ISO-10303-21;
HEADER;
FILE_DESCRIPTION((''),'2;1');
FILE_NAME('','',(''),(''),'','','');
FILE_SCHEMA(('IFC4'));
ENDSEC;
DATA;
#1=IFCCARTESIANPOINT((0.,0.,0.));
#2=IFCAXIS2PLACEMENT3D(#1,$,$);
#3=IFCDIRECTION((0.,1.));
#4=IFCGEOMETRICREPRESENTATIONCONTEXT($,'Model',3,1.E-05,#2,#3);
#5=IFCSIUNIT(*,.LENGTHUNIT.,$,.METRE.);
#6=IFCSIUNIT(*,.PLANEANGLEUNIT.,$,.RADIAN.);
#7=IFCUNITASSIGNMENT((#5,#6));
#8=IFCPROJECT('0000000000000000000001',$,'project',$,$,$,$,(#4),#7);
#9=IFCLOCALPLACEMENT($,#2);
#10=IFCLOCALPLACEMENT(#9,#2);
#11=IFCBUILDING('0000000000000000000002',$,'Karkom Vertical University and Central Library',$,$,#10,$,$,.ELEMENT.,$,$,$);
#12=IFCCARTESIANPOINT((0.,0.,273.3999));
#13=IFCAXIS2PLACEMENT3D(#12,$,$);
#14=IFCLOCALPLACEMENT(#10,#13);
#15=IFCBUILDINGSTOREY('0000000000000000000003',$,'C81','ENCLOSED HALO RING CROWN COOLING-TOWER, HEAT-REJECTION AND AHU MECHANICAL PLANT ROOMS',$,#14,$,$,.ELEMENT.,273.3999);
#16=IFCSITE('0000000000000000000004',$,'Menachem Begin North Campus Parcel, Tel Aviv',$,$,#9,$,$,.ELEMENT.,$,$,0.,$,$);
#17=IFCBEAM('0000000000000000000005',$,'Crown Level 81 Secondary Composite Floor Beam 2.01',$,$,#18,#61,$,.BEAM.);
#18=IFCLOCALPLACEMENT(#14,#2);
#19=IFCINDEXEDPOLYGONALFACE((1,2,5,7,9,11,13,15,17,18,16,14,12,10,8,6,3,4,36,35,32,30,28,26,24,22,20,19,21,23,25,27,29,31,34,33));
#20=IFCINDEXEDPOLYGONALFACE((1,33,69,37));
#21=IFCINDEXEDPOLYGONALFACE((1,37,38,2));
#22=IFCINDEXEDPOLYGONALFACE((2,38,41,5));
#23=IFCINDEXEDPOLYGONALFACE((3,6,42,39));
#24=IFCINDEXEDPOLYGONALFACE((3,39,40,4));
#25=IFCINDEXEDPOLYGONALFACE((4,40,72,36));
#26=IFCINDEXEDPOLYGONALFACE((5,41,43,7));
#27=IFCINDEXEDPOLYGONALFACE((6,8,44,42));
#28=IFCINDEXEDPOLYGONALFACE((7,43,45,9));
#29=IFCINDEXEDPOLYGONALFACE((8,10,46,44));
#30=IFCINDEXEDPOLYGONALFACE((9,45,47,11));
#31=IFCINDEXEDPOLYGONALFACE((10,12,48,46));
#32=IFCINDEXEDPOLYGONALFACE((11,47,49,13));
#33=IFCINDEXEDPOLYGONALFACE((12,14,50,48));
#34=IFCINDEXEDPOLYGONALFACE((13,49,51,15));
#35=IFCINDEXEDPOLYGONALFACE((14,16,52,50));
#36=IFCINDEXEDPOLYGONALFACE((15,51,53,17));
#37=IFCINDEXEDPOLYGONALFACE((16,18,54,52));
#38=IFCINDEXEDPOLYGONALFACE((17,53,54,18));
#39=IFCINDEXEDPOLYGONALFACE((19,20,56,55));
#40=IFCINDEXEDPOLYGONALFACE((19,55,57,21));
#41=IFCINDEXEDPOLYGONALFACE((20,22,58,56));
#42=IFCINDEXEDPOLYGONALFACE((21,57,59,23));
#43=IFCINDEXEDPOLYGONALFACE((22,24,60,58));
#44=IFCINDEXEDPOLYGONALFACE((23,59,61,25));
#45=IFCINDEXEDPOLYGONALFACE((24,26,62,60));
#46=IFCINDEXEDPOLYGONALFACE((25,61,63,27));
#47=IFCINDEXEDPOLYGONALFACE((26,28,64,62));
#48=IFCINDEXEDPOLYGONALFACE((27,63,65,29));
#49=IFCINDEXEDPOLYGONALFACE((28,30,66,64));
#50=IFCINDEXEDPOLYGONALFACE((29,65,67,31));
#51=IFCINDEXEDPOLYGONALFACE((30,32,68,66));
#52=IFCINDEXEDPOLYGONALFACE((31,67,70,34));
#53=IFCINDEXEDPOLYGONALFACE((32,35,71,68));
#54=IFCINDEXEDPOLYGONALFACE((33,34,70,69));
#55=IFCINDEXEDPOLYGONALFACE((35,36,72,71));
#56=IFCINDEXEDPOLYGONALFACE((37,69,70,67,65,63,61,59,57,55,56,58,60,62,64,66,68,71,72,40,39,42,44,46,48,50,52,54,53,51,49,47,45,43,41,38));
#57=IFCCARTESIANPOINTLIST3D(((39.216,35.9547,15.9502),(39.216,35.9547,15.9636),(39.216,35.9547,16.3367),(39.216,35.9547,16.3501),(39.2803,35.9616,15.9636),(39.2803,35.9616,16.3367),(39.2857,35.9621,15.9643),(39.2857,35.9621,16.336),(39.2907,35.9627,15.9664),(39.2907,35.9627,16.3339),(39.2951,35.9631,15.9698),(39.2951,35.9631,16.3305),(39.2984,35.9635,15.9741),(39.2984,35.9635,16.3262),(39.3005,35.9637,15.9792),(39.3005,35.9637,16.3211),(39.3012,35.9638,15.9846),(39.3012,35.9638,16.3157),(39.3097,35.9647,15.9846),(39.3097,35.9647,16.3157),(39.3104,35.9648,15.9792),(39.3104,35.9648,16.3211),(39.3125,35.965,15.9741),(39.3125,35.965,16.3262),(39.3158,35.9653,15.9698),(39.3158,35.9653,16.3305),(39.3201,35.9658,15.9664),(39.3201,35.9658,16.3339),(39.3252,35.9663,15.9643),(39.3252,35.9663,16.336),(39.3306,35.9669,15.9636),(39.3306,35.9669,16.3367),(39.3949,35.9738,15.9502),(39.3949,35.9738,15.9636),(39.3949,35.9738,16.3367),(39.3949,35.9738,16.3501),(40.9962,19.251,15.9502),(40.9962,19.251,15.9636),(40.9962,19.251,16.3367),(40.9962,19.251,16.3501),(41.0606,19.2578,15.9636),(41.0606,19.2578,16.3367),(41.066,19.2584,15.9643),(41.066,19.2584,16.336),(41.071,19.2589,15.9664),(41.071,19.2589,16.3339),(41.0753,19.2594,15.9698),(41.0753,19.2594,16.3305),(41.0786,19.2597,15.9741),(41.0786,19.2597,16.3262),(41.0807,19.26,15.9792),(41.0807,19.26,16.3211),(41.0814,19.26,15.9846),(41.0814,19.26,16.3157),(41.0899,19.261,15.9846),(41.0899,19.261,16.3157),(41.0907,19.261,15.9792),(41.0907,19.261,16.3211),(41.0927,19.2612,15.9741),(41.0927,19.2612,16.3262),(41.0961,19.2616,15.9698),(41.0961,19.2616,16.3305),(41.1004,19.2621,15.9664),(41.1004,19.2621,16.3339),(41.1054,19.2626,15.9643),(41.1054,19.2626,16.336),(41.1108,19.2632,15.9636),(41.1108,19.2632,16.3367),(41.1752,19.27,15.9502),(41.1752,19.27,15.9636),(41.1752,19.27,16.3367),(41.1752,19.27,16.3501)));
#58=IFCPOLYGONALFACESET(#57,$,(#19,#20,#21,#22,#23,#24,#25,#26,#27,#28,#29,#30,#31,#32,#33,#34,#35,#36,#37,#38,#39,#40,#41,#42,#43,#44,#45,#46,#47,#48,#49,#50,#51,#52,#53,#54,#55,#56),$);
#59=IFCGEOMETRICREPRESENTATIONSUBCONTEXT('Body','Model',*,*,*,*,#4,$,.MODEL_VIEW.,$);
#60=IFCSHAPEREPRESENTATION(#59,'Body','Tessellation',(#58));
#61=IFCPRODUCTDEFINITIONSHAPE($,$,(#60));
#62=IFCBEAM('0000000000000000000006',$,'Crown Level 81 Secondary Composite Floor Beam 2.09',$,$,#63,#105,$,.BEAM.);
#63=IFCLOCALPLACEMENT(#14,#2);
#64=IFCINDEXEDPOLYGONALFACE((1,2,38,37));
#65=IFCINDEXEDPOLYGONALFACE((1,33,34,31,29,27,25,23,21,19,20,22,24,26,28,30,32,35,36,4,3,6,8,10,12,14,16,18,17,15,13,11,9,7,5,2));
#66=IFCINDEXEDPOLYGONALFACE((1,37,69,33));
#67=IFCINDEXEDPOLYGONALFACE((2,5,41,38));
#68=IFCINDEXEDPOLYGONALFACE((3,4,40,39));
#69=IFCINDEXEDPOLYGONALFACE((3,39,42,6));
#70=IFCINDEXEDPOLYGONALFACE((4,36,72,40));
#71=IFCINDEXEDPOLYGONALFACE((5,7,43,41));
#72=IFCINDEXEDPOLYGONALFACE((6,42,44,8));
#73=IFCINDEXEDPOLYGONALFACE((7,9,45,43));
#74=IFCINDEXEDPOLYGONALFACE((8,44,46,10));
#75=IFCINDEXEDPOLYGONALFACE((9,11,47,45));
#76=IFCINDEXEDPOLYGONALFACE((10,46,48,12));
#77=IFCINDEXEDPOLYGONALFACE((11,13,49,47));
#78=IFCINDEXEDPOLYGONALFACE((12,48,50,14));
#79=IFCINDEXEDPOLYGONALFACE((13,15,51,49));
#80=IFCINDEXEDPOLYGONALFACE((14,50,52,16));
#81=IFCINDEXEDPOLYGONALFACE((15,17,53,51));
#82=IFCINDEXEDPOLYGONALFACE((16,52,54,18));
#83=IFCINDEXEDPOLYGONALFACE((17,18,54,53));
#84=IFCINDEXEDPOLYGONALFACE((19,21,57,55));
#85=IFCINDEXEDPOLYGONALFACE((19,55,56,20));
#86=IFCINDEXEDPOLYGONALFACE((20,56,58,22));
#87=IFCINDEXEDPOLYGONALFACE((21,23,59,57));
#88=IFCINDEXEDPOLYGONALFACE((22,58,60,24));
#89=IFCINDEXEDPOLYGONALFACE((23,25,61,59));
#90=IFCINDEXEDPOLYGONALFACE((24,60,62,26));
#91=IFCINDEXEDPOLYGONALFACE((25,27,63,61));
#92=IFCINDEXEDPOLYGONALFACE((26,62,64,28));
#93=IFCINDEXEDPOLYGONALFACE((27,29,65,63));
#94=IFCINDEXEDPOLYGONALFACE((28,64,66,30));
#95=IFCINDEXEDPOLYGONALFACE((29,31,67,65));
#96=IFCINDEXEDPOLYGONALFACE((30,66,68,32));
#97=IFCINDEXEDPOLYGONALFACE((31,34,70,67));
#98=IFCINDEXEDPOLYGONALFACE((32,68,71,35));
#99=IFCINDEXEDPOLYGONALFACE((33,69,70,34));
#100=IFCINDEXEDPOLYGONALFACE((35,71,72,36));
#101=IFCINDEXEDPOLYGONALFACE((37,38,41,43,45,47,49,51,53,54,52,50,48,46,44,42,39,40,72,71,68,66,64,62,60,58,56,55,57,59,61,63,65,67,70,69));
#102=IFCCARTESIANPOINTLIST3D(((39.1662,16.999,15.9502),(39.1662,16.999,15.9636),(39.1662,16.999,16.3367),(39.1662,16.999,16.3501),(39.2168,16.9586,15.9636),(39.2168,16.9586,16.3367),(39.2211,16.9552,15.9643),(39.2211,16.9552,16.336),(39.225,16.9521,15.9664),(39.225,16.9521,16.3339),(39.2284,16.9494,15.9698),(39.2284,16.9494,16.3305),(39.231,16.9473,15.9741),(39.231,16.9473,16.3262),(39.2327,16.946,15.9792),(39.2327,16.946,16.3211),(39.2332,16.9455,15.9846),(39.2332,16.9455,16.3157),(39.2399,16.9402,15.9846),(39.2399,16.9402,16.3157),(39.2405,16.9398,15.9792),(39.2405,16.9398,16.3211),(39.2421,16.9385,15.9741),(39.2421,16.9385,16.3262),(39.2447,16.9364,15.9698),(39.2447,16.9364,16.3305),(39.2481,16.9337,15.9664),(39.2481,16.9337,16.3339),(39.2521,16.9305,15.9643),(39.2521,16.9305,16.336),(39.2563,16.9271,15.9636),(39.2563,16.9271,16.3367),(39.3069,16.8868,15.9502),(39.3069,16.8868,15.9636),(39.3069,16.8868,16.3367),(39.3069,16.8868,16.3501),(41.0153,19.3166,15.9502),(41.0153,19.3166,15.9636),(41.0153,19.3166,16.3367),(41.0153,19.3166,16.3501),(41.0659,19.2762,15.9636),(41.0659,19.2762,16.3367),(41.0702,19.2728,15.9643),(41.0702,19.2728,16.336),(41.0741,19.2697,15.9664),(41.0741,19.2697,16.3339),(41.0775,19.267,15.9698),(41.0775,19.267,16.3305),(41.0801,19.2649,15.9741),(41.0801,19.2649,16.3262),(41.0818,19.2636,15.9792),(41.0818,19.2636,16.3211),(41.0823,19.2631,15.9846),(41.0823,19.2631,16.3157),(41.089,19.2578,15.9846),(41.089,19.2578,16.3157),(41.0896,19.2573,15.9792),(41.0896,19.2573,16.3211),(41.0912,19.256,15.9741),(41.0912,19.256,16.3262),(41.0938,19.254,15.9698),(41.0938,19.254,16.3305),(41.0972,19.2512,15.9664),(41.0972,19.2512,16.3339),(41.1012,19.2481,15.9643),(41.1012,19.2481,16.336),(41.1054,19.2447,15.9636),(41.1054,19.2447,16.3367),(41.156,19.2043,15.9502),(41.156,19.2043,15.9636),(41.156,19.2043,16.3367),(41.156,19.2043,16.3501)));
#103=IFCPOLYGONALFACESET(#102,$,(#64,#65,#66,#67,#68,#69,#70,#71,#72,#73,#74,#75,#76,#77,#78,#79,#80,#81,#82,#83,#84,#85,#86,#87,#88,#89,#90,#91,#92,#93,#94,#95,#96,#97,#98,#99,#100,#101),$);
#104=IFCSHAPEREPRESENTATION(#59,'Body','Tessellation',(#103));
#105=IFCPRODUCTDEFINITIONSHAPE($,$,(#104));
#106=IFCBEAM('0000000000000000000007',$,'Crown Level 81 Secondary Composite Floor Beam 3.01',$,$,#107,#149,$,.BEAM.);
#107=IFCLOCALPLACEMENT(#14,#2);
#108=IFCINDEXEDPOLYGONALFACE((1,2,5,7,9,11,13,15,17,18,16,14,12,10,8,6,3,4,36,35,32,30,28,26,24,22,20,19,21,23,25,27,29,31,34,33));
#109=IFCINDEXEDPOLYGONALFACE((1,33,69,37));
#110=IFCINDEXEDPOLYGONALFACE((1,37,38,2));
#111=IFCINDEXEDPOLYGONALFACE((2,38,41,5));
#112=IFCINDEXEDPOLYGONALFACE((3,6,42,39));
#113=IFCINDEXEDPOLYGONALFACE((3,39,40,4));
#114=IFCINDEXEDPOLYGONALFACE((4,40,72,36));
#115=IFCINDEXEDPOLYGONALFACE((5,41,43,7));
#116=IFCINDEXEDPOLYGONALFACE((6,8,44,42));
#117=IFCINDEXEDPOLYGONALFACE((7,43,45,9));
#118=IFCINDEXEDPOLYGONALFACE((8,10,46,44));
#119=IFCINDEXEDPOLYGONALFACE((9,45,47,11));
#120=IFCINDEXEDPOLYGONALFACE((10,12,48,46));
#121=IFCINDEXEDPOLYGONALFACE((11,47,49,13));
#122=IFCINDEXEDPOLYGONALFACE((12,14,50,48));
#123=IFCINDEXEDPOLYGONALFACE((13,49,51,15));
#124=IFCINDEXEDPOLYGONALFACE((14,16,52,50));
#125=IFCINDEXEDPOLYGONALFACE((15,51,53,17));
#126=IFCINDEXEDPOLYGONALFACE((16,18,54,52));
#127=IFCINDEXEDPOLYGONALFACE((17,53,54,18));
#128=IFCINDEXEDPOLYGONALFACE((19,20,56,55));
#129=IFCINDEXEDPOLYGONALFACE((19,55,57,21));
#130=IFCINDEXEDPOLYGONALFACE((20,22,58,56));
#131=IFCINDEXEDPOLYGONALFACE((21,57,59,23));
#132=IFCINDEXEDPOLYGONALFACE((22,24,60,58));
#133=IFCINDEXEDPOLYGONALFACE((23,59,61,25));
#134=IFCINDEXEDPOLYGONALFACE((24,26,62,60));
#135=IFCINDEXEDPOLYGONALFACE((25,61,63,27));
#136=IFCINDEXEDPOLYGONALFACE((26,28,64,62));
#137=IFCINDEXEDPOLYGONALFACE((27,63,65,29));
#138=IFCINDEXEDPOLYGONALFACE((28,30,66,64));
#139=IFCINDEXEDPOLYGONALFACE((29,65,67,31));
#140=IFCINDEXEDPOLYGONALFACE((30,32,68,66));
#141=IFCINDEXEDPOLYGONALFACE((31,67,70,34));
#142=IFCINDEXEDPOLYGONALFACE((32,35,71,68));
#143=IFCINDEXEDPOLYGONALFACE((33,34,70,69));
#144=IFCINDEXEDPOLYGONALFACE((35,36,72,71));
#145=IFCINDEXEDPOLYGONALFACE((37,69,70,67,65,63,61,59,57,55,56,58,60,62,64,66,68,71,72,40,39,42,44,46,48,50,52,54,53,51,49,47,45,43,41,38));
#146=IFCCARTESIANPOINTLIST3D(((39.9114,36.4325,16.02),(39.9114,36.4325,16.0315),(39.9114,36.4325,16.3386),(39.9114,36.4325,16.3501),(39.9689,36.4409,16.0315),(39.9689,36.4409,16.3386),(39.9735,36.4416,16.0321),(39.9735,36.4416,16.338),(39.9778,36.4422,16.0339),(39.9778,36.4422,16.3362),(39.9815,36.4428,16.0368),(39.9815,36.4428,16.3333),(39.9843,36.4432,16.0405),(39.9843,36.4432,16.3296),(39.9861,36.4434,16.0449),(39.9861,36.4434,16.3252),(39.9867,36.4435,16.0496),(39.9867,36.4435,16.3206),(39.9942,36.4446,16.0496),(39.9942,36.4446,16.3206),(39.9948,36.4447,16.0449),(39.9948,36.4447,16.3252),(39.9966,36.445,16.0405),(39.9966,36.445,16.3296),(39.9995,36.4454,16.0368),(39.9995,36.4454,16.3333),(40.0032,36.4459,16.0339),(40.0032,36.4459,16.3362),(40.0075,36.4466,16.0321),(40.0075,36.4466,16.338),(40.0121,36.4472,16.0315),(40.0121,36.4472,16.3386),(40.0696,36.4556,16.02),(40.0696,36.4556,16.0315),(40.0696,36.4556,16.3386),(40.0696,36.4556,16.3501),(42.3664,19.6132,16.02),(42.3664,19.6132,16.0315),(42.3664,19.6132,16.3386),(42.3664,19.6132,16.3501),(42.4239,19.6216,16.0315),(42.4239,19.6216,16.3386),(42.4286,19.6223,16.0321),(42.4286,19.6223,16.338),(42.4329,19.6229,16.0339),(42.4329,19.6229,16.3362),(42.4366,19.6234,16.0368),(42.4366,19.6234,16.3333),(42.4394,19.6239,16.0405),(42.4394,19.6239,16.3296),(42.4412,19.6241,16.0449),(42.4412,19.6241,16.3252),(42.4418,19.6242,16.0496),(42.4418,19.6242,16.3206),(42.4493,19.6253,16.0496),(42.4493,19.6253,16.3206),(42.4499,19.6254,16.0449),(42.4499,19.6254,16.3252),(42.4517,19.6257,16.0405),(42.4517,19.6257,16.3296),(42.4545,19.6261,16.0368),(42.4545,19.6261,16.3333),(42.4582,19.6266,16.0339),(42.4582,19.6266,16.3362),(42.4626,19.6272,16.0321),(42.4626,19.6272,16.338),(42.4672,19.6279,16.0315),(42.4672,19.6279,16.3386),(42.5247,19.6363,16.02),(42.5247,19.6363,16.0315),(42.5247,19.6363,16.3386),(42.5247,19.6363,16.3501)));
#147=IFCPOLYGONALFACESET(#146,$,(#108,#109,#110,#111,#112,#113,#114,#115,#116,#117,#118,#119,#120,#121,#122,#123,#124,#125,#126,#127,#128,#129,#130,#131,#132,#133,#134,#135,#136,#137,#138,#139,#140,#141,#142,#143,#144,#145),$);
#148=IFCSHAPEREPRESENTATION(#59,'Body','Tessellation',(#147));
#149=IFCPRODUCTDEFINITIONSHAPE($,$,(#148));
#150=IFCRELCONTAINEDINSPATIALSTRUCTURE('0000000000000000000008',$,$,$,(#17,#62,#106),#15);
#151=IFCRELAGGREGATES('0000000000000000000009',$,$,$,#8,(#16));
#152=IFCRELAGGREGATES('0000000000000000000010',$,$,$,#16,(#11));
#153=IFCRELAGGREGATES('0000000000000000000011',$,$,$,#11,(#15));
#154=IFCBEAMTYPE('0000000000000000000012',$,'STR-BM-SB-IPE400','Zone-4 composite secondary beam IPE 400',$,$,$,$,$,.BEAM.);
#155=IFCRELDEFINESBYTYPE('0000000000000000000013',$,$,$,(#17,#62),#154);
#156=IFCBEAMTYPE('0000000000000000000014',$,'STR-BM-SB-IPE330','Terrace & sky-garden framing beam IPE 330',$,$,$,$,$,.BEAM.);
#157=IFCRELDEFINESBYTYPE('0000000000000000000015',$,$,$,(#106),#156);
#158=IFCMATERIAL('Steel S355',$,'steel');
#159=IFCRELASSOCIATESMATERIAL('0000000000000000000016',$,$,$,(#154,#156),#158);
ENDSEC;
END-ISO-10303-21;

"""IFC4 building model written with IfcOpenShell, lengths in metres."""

from ifc_helpers import new_model, si_unit, direction, frame, origin, origin_with_axes, origin_2d, place, context, subcontext, project, spatial, i_section, extrude, source, transform, mapped, material, material_profile, profile_set, type_object, element, save


model = new_model("IFC4")

# Units and contexts
model_context = context("Model", 3, precision=1e-05, world=origin(), true_north=direction((0.0, 1.0)))
body_context = subcontext(model_context, "Body", "Model", "MODEL_VIEW")
ifc_project = project(units=[si_unit("LENGTHUNIT", "METRE"), si_unit("PLANEANGLEUNIT", "RADIAN")], contexts=[model_context])

# Site, building, storey
site_placement = place(None, origin())
site = spatial("IfcSite", under=ifc_project, at=site_placement, Name="Menachem Begin North Campus Parcel, Tel Aviv", CompositionType="ELEMENT", RefElevation=0.0)
building_placement = place(site_placement, origin())
building = spatial("IfcBuilding", under=site, at=building_placement, Name="Karkom Vertical University and Central Library", CompositionType="ELEMENT")
storey_placement = place(building_placement, frame((0.0, 0.0, 273.3999)))
storey = spatial("IfcBuildingStorey", under=building, at=storey_placement, Name="C81", Description="ENCLOSED HALO RING CROWN COOLING-TOWER, HEAT-REJECTION AND AHU MECHANICAL PLANT ROOMS", CompositionType="ELEMENT", Elevation=273.3999)

# Beams
ifc_material_1 = material(Name="Steel S355", Category="steel")
ifc_material_profile_1 = material_profile(ifc_material_1, i_section(OverallWidth=0.1799, OverallDepth=0.3999, WebThickness=0.0085, FlangeThickness=0.0134, FilletRadius=0.021, at=origin_2d()), Name="IPE 400")
ifc_profile_set_1 = profile_set([ifc_material_profile_1], Name="Steel S355")
beam_type_1 = type_object("IfcBeamType", Name="STR-BM-SB-IPE400", Description="Zone-4 composite secondary beam IPE 400", PredefinedType="BEAM", material=ifc_profile_set_1)
shared_shape_1 = source(origin_with_axes(), body_context, "Body", "SweptSolid", [
    extrude(i_section(OverallWidth=0.1799, OverallDepth=0.3999, WebThickness=0.0085, FlangeThickness=0.0134, FilletRadius=0.021, at=origin_2d()), origin(), (0.0, 0.0, 1.0), 16.7983),
])
beam_1_placement = place(storey_placement, frame((41.0857, 19.2605, 16.1501), z_axis=(-0.105978, 0.994368, 0.0), x_axis=(-0.994368, -0.105978, 0.0)))
element("IfcBeam", 1, at=beam_1_placement, inside=storey, type_object=beam_type_1, Name="Crown Level 81 Secondary Composite Floor Beam 2.01", PredefinedType="BEAM", context=body_context, shape_type="MappedRepresentation", body=[
    mapped(shared_shape_1, transform((0.0, 0.0, 0.0), scale=1.0)),
])
shared_shape_2 = source(origin_with_axes(), body_context, "Body", "SweptSolid", [
    extrude(i_section(OverallWidth=0.1799, OverallDepth=0.3999, WebThickness=0.0085, FlangeThickness=0.0134, FilletRadius=0.021, at=origin_2d()), origin(), (0.0, 0.0, 1.0), 2.9648),
])
beam_2_placement = place(storey_placement, frame((39.2366, 16.9429, 16.1501), z_axis=(0.62367, 0.781688, 0.0), x_axis=(-0.781688, 0.62367, 0.0)))
element("IfcBeam", 2, at=beam_2_placement, inside=storey, type_object=beam_type_1, Name="Crown Level 81 Secondary Composite Floor Beam 2.09", PredefinedType="BEAM", context=body_context, shape_type="MappedRepresentation", body=[
    mapped(shared_shape_2, transform((0.0, 0.0, 0.0), scale=1.0)),
])
ifc_material_profile_2 = material_profile(ifc_material_1, i_section(OverallWidth=0.1599, OverallDepth=0.3301, WebThickness=0.0076, FlangeThickness=0.0115, FilletRadius=0.0181, at=origin_2d()), Name="IPE 330")
ifc_profile_set_2 = profile_set([ifc_material_profile_2], Name="Steel S355")
beam_type_2 = type_object("IfcBeamType", Name="STR-BM-SB-IPE330", Description="Terrace & sky-garden framing beam IPE 330", PredefinedType="BEAM", material=ifc_profile_set_2)
shared_shape_3 = source(origin_with_axes(), body_context, "Body", "SweptSolid", [
    extrude(i_section(OverallWidth=0.1599, OverallDepth=0.3301, WebThickness=0.0076, FlangeThickness=0.0115, FilletRadius=0.0181, at=origin_2d()), origin(), (0.0, 0.0, 1.0), 16.9976),
])
beam_3_placement = place(storey_placement, frame((42.4456, 19.6248, 16.1851), z_axis=(-0.144437, 0.989514, 0.0), x_axis=(-0.989514, -0.144437, 0.0)))
element("IfcBeam", 3, at=beam_3_placement, inside=storey, type_object=beam_type_2, Name="Crown Level 81 Secondary Composite Floor Beam 3.01", PredefinedType="BEAM", context=body_context, shape_type="MappedRepresentation", body=[
    mapped(shared_shape_3, transform((0.0, 0.0, 0.0), scale=1.0)),
])

save(model, "model.ifc")
